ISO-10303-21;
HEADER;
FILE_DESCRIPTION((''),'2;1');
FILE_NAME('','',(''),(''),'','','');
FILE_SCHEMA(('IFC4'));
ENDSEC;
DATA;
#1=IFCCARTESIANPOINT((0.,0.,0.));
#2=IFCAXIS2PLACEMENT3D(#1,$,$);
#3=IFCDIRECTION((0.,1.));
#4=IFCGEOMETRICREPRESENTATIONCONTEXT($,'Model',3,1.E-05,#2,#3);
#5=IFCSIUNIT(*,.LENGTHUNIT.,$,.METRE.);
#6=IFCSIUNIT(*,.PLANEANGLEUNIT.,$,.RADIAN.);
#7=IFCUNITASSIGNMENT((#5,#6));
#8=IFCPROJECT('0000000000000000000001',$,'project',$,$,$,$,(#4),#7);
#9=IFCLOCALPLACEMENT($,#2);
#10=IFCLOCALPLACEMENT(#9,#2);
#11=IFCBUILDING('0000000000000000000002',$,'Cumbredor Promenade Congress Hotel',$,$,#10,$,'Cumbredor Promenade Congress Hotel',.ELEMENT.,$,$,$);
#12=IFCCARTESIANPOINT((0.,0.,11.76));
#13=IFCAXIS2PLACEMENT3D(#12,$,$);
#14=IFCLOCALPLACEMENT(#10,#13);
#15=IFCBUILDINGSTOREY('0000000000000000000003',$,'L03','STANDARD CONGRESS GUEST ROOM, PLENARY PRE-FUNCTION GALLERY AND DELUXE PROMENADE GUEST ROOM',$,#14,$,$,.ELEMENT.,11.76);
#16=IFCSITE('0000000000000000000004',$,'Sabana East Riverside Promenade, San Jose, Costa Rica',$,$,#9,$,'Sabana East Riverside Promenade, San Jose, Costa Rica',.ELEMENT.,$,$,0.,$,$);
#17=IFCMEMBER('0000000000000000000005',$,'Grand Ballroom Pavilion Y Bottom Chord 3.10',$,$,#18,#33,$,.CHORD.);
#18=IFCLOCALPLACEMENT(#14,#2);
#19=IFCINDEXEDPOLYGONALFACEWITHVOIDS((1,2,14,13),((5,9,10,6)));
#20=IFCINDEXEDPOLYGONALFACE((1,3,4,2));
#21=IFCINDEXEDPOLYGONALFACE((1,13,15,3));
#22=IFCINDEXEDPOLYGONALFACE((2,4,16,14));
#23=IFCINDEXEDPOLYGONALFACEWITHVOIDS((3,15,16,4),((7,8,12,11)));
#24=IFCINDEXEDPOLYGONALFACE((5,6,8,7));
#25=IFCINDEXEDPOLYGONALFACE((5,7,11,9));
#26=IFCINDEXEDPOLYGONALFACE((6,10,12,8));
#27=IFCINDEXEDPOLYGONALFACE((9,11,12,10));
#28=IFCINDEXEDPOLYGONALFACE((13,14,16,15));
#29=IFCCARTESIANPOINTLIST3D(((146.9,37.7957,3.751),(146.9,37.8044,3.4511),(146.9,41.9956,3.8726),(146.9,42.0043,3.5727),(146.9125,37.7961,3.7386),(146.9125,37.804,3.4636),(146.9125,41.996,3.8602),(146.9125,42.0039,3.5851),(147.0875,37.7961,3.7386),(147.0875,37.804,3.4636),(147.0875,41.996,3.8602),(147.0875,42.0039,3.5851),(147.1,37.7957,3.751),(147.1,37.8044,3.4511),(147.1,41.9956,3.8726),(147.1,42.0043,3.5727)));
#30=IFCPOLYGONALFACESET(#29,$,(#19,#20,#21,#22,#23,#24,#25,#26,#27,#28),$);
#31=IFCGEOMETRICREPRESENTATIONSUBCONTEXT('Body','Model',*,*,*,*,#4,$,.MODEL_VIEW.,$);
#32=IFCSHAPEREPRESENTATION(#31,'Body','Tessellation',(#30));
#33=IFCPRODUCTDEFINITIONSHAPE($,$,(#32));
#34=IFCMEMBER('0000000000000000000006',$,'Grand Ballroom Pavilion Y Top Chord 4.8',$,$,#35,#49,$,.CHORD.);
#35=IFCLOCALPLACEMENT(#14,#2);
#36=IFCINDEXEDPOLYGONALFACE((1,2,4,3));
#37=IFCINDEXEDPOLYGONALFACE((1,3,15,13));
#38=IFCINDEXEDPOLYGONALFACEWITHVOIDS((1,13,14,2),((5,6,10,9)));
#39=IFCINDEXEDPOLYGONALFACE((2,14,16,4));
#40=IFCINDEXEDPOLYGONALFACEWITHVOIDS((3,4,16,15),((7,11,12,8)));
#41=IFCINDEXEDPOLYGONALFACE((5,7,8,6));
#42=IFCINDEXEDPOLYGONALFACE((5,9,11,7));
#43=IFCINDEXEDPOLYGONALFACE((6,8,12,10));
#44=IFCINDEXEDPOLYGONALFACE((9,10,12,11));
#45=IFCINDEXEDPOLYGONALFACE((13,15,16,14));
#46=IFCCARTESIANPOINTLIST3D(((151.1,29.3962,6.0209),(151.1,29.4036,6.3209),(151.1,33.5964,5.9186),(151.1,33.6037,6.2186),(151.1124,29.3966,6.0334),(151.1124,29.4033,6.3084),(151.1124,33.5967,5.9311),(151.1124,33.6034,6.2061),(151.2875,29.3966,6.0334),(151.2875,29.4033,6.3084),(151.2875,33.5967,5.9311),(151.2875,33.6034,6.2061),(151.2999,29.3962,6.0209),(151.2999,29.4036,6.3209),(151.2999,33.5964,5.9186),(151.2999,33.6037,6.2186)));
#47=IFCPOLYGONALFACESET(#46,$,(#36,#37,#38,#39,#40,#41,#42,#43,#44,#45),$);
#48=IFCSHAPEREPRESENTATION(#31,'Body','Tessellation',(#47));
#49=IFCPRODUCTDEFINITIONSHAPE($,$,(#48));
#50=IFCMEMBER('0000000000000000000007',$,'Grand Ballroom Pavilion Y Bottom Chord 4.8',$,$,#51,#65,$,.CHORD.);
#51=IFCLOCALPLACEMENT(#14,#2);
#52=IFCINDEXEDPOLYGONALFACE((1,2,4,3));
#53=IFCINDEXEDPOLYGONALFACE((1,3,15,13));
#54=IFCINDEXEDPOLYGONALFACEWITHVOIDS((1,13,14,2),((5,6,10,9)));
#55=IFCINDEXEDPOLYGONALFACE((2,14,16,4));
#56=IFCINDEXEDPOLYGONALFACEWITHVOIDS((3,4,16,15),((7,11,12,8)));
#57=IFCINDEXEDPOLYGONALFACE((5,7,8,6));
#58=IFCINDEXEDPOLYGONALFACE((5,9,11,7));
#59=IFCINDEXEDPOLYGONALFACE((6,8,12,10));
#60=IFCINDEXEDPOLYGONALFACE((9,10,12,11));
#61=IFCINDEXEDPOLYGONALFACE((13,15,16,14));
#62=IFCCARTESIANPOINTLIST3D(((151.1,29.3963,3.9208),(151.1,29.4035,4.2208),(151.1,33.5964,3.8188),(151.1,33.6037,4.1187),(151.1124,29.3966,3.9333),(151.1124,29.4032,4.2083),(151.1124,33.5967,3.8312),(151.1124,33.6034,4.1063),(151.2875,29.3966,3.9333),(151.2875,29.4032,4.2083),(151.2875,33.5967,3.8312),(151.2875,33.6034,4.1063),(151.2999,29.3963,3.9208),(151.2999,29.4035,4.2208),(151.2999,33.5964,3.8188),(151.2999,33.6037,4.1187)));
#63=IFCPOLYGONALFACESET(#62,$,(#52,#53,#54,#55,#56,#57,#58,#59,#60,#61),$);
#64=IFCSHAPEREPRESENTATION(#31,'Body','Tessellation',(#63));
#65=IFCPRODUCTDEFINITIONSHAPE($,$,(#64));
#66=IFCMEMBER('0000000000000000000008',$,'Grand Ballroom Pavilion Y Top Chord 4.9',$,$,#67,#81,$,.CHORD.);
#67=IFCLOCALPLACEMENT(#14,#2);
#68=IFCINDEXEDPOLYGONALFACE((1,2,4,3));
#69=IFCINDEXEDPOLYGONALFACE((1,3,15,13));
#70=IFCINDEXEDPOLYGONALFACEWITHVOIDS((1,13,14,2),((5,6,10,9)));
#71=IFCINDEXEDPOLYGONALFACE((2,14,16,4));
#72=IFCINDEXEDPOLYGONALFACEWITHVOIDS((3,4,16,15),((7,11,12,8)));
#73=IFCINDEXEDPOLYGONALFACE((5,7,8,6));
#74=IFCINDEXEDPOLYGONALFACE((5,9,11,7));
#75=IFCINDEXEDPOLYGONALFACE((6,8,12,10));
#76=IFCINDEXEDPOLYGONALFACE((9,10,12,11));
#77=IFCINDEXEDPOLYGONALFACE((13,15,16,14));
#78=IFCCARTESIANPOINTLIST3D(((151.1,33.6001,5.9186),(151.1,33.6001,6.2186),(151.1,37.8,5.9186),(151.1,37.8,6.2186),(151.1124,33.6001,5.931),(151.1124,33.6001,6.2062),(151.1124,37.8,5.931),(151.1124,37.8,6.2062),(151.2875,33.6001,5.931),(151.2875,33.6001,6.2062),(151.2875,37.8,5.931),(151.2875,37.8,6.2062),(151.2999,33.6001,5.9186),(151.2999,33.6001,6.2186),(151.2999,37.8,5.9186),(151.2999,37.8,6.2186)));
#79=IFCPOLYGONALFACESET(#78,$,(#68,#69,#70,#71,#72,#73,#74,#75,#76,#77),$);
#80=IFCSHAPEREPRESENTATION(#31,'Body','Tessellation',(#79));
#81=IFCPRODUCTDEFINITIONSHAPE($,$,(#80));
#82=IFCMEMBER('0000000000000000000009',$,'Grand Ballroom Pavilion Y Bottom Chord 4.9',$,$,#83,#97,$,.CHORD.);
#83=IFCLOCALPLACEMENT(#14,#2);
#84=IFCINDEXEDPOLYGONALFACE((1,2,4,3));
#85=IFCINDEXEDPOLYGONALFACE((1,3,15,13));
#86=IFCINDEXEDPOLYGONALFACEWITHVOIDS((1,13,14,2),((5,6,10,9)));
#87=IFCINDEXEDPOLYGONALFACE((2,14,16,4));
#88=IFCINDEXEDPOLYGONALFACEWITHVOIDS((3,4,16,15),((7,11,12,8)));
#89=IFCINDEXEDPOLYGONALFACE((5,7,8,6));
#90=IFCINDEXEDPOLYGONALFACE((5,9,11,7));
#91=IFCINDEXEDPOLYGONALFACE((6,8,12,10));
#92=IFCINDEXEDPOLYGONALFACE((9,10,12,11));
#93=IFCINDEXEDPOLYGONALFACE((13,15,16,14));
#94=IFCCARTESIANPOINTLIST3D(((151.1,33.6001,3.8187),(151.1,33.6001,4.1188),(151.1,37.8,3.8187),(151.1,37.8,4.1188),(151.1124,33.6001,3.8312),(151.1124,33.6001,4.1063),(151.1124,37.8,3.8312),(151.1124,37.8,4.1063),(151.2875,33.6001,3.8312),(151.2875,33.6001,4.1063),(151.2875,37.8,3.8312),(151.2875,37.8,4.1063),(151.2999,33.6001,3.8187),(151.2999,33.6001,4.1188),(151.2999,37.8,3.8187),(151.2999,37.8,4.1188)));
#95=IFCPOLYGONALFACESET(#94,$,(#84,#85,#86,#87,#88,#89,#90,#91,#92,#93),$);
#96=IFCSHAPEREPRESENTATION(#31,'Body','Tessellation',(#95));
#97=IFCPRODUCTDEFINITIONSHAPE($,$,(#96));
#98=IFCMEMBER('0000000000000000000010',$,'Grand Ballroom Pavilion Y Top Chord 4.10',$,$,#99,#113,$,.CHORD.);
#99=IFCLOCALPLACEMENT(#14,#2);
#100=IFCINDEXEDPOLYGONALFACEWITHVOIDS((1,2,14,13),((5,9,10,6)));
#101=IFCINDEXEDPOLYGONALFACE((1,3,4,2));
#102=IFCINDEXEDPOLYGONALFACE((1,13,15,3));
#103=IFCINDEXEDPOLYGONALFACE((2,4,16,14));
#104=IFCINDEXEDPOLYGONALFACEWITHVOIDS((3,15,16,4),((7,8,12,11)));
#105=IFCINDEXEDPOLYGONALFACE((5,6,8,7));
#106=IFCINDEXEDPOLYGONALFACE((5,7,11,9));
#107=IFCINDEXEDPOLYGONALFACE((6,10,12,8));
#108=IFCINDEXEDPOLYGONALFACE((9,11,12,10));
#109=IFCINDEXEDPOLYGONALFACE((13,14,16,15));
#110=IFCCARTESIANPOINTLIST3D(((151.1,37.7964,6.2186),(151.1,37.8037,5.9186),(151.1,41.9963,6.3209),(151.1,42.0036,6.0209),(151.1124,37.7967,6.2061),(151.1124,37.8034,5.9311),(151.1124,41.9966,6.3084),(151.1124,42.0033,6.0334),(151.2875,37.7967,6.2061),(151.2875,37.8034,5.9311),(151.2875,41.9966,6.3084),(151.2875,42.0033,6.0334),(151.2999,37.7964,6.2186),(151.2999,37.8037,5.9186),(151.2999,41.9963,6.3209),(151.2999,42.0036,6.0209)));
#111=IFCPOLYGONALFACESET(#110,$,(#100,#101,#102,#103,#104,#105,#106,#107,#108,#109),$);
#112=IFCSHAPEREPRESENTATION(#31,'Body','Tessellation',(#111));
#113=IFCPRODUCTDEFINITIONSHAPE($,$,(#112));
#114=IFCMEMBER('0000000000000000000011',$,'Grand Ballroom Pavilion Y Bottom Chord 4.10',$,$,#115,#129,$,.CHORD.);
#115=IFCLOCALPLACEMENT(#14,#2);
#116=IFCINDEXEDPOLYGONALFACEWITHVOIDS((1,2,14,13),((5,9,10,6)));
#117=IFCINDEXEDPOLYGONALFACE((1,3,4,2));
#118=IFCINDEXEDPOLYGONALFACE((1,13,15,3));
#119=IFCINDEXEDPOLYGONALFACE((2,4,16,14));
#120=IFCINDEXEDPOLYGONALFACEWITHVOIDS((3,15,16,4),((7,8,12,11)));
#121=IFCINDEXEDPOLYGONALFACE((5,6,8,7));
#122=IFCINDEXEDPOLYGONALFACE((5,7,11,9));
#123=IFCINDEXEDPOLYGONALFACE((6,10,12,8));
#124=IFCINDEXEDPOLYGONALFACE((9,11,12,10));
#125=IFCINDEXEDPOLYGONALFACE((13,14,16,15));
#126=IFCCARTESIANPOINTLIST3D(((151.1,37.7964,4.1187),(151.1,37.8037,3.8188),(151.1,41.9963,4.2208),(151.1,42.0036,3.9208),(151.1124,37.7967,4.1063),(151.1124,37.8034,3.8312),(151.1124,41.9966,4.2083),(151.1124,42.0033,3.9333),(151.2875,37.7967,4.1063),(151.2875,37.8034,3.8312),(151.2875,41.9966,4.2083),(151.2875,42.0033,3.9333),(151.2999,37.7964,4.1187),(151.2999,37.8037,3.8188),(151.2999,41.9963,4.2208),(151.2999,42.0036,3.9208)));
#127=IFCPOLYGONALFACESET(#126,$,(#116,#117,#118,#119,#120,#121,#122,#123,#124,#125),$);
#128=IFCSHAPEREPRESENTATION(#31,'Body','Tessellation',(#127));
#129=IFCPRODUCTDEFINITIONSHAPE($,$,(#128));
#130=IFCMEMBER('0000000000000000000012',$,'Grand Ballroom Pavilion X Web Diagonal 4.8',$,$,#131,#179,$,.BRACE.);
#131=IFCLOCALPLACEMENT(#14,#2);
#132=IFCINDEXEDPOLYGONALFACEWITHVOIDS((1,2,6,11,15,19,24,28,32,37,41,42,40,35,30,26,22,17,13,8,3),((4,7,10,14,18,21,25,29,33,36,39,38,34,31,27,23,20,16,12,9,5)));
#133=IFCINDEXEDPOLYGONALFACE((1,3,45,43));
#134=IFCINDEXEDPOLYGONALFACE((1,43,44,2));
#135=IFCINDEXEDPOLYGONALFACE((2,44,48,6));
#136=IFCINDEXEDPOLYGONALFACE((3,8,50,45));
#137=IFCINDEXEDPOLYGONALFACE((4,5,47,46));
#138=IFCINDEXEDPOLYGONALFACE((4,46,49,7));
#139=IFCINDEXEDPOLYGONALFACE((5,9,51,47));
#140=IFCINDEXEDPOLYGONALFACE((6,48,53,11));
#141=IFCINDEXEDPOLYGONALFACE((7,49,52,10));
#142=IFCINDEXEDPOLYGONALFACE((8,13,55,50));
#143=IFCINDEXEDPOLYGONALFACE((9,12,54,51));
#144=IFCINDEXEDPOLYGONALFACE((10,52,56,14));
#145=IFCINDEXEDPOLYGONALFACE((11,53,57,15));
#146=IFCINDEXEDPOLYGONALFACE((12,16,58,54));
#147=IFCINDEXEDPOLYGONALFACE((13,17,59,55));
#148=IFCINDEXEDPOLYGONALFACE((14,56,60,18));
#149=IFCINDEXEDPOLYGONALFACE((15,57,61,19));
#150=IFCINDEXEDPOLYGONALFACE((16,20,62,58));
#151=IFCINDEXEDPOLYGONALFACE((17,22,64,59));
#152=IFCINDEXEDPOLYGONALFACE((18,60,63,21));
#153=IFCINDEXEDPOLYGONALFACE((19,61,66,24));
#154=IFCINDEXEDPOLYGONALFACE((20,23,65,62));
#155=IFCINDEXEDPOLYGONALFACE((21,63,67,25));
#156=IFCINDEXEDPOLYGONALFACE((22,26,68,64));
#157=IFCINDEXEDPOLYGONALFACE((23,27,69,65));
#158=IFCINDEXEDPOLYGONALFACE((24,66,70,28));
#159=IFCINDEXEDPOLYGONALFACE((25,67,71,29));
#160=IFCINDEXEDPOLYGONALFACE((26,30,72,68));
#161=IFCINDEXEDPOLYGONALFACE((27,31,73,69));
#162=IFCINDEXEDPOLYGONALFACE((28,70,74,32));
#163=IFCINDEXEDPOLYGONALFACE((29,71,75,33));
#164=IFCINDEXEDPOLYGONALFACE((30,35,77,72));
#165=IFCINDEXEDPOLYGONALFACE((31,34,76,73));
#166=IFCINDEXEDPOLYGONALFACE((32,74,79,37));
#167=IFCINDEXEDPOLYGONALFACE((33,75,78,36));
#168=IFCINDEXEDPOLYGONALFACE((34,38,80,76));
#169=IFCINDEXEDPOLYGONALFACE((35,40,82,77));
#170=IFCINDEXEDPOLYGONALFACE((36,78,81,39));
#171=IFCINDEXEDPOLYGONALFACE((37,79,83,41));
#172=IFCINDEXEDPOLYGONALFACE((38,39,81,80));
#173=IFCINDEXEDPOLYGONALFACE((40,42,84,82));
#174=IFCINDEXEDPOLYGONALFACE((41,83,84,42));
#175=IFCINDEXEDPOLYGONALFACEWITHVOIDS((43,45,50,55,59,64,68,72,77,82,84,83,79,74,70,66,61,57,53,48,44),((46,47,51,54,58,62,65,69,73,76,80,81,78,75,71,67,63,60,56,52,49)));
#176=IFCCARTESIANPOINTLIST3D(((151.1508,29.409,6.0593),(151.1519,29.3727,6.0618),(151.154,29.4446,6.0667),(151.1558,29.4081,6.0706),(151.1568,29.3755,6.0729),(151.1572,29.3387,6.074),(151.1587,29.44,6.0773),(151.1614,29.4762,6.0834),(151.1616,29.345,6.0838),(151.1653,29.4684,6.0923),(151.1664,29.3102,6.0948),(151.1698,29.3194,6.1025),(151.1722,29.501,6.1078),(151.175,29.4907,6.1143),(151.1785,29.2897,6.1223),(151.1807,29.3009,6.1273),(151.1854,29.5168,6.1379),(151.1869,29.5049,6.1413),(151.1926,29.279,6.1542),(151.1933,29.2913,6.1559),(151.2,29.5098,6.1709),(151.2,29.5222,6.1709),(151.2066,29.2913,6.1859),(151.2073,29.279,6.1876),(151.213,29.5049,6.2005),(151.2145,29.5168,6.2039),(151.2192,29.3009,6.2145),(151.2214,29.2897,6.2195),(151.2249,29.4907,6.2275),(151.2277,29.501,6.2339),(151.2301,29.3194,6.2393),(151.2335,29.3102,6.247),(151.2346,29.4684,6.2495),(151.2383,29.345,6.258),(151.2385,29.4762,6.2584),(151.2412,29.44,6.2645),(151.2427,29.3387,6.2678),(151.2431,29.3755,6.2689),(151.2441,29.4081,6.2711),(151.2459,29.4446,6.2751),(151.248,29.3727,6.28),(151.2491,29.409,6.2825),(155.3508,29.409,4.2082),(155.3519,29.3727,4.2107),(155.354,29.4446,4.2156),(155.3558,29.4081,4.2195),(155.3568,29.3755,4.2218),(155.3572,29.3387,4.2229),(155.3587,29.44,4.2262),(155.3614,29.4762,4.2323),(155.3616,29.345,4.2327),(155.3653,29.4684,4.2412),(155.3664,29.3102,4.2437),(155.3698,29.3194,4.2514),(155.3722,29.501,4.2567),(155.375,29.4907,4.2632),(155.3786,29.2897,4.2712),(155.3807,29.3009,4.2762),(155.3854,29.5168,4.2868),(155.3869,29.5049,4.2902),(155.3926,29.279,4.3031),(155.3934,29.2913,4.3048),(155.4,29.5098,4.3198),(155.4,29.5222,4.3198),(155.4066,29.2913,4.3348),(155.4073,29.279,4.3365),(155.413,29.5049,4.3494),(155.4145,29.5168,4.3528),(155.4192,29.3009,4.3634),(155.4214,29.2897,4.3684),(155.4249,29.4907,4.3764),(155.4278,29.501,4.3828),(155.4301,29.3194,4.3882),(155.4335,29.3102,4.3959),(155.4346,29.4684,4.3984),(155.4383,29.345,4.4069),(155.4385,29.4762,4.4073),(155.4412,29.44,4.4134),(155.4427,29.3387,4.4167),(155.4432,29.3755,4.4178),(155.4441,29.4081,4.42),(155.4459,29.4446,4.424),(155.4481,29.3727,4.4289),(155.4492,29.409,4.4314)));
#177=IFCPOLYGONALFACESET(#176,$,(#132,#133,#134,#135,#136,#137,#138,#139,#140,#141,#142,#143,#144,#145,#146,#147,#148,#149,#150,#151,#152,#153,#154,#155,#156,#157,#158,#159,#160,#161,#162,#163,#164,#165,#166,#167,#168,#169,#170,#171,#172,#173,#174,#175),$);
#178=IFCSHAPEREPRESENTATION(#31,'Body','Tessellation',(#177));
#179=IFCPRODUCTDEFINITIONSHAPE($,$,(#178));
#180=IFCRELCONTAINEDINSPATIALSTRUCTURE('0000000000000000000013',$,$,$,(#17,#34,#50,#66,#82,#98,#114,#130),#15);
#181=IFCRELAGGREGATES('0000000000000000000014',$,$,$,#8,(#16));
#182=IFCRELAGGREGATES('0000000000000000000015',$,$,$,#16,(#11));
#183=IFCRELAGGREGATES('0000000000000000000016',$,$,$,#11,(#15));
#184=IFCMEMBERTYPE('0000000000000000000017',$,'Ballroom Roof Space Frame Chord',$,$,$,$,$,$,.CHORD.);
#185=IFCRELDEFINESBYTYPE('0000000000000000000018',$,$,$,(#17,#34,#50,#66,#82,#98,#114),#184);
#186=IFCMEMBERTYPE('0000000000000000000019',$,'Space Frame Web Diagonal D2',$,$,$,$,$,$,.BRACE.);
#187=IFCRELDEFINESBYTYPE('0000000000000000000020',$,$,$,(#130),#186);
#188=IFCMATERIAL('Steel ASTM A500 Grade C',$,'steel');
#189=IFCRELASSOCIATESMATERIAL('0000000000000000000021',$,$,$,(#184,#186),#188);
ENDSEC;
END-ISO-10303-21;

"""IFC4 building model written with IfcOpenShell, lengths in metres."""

from ifc_helpers import new_model, si_unit, direction, frame, origin, origin_2d, place, context, subcontext, project, spatial, hollow_rectangle, hollow_circle, extrude, material, material_profile, profile_set, type_object, element, save


model = new_model("IFC4")

# Units and contexts
model_context = context("Model", 3, precision=1e-05, world=origin(), true_north=direction((0.0, 1.0)))
body_context = subcontext(model_context, "Body", "Model", "MODEL_VIEW")
ifc_project = project(units=[si_unit("LENGTHUNIT", "METRE"), si_unit("PLANEANGLEUNIT", "RADIAN")], contexts=[model_context])

# Site, building, storey
site_placement = place(None, origin())
site = spatial("IfcSite", under=ifc_project, at=site_placement, Name="Sabana East Riverside Promenade, San Jose, Costa Rica", LongName="Sabana East Riverside Promenade, San Jose, Costa Rica", CompositionType="ELEMENT", RefElevation=0.0)
building_placement = place(site_placement, origin())
building = spatial("IfcBuilding", under=site, at=building_placement, Name="Cumbredor Promenade Congress Hotel", LongName="Cumbredor Promenade Congress Hotel", CompositionType="ELEMENT")
storey_placement = place(building_placement, frame((0.0, 0.0, 11.76)))
storey = spatial("IfcBuildingStorey", under=building, at=storey_placement, Name="L03", Description="STANDARD CONGRESS GUEST ROOM, PLENARY PRE-FUNCTION GALLERY AND DELUXE PROMENADE GUEST ROOM", CompositionType="ELEMENT", Elevation=11.76)

# Members
ifc_material_1 = material(Name="Steel ASTM A500 Grade C", Category="steel")
ifc_material_profile_1 = material_profile(ifc_material_1, hollow_rectangle(XDim=0.2, YDim=0.3, WallThickness=0.0125, at=origin_2d()), Name="HSS 300x200x12.5")
ifc_profile_set_1 = profile_set([ifc_material_profile_1], Name="Steel ASTM A500 Grade C")
member_type_1 = type_object("IfcMemberType", Name="Ballroom Roof Space Frame Chord", PredefinedType="CHORD", material=ifc_profile_set_1)
for number, where, z_axis, x_axis, name in (
    (1, (147.0, 37.8, 3.6011), (0.0, 0.999581, 0.028936), (-1.0, 0.0, 0.0), "Grand Ballroom Pavilion Y Bottom Chord 3.10"),
):
    element("IfcMember", number, at=place(storey_placement, frame(where, z_axis=z_axis, x_axis=x_axis)), inside=storey, type_object=member_type_1, Name=name, PredefinedType="CHORD", context=body_context, shape_type="SweptSolid", body=[
        extrude(hollow_rectangle(XDim=0.2, YDim=0.3, WallThickness=0.0125, at=origin_2d()), origin(), (0.0, 0.0, 1.0), 4.2017),
    ])
for number, where, z_axis, x_axis, name in (
    (2, (151.2, 29.3999, 6.1709), (0.0, 0.999704, -0.024348), (-1.0, 0.0, 0.0), "Grand Ballroom Pavilion Y Top Chord 4.8"),
    (3, (151.2, 29.3999, 4.0708), (0.0, 0.999705, -0.02429), (-1.0, 0.0, 0.0), "Grand Ballroom Pavilion Y Bottom Chord 4.8"),
):
    element("IfcMember", number, at=place(storey_placement, frame(where, z_axis=z_axis, x_axis=x_axis)), inside=storey, type_object=member_type_1, Name=name, PredefinedType="CHORD", context=body_context, shape_type="SweptSolid", body=[
        extrude(hollow_rectangle(XDim=0.2, YDim=0.3, WallThickness=0.0125, at=origin_2d()), origin(), (0.0, 0.0, 1.0), 4.2014),
    ])
for number, where, z_axis, x_axis, name in (
    (4, (151.2, 33.6001, 6.0686), (0.0, 1.0, 0.0), (-1.0, 0.0, 0.0), "Grand Ballroom Pavilion Y Top Chord 4.9"),
    (5, (151.2, 33.6001, 3.9688), (0.0, 1.0, 0.0), (-1.0, 0.0, 0.0), "Grand Ballroom Pavilion Y Bottom Chord 4.9"),
):
    element("IfcMember", number, at=place(storey_placement, frame(where, z_axis=z_axis, x_axis=x_axis)), inside=storey, type_object=member_type_1, Name=name, PredefinedType="CHORD", context=body_context, shape_type="SweptSolid", body=[
        extrude(hollow_rectangle(XDim=0.2, YDim=0.3, WallThickness=0.0125, at=origin_2d()), origin(), (0.0, 0.0, 1.0), 4.2),
    ])
for number, where, z_axis, x_axis, name in (
    (6, (151.2, 37.8, 6.0686), (0.0, 0.999704, 0.024349), (-1.0, 0.0, 0.0), "Grand Ballroom Pavilion Y Top Chord 4.10"),
    (7, (151.2, 37.8, 3.9688), (0.0, 0.999705, 0.024291), (-1.0, 0.0, 0.0), "Grand Ballroom Pavilion Y Bottom Chord 4.10"),
):
    element("IfcMember", number, at=place(storey_placement, frame(where, z_axis=z_axis, x_axis=x_axis)), inside=storey, type_object=member_type_1, Name=name, PredefinedType="CHORD", context=body_context, shape_type="SweptSolid", body=[
        extrude(hollow_rectangle(XDim=0.2, YDim=0.3, WallThickness=0.0125, at=origin_2d()), origin(), (0.0, 0.0, 1.0), 4.2012),
    ])
ifc_material_profile_2 = material_profile(ifc_material_1, hollow_circle(Radius=0.1223, WallThickness=0.0125, at=origin_2d()), Name="CHS 244.5x12.5")
ifc_profile_set_2 = profile_set([ifc_material_profile_2], Name="Steel ASTM A500 Grade C")
member_type_2 = type_object("IfcMemberType", Name="Space Frame Web Diagonal D2", PredefinedType="BRACE", material=ifc_profile_set_2)
member_1_placement = place(storey_placement, frame((151.2, 29.3999, 6.1709), z_axis=(0.915066, 0.0, -0.403304), x_axis=(0.0, 1.0, 0.0)))
element("IfcMember", 8, at=member_1_placement, inside=storey, type_object=member_type_2, Name="Grand Ballroom Pavilion X Web Diagonal 4.8", PredefinedType="BRACE", context=body_context, shape_type="SweptSolid", body=[
    extrude(hollow_circle(Radius=0.1223, WallThickness=0.0125, at=origin_2d()), origin(), (0.0, 0.0, 1.0), 4.5898),
])

save(model, "model.ifc")
